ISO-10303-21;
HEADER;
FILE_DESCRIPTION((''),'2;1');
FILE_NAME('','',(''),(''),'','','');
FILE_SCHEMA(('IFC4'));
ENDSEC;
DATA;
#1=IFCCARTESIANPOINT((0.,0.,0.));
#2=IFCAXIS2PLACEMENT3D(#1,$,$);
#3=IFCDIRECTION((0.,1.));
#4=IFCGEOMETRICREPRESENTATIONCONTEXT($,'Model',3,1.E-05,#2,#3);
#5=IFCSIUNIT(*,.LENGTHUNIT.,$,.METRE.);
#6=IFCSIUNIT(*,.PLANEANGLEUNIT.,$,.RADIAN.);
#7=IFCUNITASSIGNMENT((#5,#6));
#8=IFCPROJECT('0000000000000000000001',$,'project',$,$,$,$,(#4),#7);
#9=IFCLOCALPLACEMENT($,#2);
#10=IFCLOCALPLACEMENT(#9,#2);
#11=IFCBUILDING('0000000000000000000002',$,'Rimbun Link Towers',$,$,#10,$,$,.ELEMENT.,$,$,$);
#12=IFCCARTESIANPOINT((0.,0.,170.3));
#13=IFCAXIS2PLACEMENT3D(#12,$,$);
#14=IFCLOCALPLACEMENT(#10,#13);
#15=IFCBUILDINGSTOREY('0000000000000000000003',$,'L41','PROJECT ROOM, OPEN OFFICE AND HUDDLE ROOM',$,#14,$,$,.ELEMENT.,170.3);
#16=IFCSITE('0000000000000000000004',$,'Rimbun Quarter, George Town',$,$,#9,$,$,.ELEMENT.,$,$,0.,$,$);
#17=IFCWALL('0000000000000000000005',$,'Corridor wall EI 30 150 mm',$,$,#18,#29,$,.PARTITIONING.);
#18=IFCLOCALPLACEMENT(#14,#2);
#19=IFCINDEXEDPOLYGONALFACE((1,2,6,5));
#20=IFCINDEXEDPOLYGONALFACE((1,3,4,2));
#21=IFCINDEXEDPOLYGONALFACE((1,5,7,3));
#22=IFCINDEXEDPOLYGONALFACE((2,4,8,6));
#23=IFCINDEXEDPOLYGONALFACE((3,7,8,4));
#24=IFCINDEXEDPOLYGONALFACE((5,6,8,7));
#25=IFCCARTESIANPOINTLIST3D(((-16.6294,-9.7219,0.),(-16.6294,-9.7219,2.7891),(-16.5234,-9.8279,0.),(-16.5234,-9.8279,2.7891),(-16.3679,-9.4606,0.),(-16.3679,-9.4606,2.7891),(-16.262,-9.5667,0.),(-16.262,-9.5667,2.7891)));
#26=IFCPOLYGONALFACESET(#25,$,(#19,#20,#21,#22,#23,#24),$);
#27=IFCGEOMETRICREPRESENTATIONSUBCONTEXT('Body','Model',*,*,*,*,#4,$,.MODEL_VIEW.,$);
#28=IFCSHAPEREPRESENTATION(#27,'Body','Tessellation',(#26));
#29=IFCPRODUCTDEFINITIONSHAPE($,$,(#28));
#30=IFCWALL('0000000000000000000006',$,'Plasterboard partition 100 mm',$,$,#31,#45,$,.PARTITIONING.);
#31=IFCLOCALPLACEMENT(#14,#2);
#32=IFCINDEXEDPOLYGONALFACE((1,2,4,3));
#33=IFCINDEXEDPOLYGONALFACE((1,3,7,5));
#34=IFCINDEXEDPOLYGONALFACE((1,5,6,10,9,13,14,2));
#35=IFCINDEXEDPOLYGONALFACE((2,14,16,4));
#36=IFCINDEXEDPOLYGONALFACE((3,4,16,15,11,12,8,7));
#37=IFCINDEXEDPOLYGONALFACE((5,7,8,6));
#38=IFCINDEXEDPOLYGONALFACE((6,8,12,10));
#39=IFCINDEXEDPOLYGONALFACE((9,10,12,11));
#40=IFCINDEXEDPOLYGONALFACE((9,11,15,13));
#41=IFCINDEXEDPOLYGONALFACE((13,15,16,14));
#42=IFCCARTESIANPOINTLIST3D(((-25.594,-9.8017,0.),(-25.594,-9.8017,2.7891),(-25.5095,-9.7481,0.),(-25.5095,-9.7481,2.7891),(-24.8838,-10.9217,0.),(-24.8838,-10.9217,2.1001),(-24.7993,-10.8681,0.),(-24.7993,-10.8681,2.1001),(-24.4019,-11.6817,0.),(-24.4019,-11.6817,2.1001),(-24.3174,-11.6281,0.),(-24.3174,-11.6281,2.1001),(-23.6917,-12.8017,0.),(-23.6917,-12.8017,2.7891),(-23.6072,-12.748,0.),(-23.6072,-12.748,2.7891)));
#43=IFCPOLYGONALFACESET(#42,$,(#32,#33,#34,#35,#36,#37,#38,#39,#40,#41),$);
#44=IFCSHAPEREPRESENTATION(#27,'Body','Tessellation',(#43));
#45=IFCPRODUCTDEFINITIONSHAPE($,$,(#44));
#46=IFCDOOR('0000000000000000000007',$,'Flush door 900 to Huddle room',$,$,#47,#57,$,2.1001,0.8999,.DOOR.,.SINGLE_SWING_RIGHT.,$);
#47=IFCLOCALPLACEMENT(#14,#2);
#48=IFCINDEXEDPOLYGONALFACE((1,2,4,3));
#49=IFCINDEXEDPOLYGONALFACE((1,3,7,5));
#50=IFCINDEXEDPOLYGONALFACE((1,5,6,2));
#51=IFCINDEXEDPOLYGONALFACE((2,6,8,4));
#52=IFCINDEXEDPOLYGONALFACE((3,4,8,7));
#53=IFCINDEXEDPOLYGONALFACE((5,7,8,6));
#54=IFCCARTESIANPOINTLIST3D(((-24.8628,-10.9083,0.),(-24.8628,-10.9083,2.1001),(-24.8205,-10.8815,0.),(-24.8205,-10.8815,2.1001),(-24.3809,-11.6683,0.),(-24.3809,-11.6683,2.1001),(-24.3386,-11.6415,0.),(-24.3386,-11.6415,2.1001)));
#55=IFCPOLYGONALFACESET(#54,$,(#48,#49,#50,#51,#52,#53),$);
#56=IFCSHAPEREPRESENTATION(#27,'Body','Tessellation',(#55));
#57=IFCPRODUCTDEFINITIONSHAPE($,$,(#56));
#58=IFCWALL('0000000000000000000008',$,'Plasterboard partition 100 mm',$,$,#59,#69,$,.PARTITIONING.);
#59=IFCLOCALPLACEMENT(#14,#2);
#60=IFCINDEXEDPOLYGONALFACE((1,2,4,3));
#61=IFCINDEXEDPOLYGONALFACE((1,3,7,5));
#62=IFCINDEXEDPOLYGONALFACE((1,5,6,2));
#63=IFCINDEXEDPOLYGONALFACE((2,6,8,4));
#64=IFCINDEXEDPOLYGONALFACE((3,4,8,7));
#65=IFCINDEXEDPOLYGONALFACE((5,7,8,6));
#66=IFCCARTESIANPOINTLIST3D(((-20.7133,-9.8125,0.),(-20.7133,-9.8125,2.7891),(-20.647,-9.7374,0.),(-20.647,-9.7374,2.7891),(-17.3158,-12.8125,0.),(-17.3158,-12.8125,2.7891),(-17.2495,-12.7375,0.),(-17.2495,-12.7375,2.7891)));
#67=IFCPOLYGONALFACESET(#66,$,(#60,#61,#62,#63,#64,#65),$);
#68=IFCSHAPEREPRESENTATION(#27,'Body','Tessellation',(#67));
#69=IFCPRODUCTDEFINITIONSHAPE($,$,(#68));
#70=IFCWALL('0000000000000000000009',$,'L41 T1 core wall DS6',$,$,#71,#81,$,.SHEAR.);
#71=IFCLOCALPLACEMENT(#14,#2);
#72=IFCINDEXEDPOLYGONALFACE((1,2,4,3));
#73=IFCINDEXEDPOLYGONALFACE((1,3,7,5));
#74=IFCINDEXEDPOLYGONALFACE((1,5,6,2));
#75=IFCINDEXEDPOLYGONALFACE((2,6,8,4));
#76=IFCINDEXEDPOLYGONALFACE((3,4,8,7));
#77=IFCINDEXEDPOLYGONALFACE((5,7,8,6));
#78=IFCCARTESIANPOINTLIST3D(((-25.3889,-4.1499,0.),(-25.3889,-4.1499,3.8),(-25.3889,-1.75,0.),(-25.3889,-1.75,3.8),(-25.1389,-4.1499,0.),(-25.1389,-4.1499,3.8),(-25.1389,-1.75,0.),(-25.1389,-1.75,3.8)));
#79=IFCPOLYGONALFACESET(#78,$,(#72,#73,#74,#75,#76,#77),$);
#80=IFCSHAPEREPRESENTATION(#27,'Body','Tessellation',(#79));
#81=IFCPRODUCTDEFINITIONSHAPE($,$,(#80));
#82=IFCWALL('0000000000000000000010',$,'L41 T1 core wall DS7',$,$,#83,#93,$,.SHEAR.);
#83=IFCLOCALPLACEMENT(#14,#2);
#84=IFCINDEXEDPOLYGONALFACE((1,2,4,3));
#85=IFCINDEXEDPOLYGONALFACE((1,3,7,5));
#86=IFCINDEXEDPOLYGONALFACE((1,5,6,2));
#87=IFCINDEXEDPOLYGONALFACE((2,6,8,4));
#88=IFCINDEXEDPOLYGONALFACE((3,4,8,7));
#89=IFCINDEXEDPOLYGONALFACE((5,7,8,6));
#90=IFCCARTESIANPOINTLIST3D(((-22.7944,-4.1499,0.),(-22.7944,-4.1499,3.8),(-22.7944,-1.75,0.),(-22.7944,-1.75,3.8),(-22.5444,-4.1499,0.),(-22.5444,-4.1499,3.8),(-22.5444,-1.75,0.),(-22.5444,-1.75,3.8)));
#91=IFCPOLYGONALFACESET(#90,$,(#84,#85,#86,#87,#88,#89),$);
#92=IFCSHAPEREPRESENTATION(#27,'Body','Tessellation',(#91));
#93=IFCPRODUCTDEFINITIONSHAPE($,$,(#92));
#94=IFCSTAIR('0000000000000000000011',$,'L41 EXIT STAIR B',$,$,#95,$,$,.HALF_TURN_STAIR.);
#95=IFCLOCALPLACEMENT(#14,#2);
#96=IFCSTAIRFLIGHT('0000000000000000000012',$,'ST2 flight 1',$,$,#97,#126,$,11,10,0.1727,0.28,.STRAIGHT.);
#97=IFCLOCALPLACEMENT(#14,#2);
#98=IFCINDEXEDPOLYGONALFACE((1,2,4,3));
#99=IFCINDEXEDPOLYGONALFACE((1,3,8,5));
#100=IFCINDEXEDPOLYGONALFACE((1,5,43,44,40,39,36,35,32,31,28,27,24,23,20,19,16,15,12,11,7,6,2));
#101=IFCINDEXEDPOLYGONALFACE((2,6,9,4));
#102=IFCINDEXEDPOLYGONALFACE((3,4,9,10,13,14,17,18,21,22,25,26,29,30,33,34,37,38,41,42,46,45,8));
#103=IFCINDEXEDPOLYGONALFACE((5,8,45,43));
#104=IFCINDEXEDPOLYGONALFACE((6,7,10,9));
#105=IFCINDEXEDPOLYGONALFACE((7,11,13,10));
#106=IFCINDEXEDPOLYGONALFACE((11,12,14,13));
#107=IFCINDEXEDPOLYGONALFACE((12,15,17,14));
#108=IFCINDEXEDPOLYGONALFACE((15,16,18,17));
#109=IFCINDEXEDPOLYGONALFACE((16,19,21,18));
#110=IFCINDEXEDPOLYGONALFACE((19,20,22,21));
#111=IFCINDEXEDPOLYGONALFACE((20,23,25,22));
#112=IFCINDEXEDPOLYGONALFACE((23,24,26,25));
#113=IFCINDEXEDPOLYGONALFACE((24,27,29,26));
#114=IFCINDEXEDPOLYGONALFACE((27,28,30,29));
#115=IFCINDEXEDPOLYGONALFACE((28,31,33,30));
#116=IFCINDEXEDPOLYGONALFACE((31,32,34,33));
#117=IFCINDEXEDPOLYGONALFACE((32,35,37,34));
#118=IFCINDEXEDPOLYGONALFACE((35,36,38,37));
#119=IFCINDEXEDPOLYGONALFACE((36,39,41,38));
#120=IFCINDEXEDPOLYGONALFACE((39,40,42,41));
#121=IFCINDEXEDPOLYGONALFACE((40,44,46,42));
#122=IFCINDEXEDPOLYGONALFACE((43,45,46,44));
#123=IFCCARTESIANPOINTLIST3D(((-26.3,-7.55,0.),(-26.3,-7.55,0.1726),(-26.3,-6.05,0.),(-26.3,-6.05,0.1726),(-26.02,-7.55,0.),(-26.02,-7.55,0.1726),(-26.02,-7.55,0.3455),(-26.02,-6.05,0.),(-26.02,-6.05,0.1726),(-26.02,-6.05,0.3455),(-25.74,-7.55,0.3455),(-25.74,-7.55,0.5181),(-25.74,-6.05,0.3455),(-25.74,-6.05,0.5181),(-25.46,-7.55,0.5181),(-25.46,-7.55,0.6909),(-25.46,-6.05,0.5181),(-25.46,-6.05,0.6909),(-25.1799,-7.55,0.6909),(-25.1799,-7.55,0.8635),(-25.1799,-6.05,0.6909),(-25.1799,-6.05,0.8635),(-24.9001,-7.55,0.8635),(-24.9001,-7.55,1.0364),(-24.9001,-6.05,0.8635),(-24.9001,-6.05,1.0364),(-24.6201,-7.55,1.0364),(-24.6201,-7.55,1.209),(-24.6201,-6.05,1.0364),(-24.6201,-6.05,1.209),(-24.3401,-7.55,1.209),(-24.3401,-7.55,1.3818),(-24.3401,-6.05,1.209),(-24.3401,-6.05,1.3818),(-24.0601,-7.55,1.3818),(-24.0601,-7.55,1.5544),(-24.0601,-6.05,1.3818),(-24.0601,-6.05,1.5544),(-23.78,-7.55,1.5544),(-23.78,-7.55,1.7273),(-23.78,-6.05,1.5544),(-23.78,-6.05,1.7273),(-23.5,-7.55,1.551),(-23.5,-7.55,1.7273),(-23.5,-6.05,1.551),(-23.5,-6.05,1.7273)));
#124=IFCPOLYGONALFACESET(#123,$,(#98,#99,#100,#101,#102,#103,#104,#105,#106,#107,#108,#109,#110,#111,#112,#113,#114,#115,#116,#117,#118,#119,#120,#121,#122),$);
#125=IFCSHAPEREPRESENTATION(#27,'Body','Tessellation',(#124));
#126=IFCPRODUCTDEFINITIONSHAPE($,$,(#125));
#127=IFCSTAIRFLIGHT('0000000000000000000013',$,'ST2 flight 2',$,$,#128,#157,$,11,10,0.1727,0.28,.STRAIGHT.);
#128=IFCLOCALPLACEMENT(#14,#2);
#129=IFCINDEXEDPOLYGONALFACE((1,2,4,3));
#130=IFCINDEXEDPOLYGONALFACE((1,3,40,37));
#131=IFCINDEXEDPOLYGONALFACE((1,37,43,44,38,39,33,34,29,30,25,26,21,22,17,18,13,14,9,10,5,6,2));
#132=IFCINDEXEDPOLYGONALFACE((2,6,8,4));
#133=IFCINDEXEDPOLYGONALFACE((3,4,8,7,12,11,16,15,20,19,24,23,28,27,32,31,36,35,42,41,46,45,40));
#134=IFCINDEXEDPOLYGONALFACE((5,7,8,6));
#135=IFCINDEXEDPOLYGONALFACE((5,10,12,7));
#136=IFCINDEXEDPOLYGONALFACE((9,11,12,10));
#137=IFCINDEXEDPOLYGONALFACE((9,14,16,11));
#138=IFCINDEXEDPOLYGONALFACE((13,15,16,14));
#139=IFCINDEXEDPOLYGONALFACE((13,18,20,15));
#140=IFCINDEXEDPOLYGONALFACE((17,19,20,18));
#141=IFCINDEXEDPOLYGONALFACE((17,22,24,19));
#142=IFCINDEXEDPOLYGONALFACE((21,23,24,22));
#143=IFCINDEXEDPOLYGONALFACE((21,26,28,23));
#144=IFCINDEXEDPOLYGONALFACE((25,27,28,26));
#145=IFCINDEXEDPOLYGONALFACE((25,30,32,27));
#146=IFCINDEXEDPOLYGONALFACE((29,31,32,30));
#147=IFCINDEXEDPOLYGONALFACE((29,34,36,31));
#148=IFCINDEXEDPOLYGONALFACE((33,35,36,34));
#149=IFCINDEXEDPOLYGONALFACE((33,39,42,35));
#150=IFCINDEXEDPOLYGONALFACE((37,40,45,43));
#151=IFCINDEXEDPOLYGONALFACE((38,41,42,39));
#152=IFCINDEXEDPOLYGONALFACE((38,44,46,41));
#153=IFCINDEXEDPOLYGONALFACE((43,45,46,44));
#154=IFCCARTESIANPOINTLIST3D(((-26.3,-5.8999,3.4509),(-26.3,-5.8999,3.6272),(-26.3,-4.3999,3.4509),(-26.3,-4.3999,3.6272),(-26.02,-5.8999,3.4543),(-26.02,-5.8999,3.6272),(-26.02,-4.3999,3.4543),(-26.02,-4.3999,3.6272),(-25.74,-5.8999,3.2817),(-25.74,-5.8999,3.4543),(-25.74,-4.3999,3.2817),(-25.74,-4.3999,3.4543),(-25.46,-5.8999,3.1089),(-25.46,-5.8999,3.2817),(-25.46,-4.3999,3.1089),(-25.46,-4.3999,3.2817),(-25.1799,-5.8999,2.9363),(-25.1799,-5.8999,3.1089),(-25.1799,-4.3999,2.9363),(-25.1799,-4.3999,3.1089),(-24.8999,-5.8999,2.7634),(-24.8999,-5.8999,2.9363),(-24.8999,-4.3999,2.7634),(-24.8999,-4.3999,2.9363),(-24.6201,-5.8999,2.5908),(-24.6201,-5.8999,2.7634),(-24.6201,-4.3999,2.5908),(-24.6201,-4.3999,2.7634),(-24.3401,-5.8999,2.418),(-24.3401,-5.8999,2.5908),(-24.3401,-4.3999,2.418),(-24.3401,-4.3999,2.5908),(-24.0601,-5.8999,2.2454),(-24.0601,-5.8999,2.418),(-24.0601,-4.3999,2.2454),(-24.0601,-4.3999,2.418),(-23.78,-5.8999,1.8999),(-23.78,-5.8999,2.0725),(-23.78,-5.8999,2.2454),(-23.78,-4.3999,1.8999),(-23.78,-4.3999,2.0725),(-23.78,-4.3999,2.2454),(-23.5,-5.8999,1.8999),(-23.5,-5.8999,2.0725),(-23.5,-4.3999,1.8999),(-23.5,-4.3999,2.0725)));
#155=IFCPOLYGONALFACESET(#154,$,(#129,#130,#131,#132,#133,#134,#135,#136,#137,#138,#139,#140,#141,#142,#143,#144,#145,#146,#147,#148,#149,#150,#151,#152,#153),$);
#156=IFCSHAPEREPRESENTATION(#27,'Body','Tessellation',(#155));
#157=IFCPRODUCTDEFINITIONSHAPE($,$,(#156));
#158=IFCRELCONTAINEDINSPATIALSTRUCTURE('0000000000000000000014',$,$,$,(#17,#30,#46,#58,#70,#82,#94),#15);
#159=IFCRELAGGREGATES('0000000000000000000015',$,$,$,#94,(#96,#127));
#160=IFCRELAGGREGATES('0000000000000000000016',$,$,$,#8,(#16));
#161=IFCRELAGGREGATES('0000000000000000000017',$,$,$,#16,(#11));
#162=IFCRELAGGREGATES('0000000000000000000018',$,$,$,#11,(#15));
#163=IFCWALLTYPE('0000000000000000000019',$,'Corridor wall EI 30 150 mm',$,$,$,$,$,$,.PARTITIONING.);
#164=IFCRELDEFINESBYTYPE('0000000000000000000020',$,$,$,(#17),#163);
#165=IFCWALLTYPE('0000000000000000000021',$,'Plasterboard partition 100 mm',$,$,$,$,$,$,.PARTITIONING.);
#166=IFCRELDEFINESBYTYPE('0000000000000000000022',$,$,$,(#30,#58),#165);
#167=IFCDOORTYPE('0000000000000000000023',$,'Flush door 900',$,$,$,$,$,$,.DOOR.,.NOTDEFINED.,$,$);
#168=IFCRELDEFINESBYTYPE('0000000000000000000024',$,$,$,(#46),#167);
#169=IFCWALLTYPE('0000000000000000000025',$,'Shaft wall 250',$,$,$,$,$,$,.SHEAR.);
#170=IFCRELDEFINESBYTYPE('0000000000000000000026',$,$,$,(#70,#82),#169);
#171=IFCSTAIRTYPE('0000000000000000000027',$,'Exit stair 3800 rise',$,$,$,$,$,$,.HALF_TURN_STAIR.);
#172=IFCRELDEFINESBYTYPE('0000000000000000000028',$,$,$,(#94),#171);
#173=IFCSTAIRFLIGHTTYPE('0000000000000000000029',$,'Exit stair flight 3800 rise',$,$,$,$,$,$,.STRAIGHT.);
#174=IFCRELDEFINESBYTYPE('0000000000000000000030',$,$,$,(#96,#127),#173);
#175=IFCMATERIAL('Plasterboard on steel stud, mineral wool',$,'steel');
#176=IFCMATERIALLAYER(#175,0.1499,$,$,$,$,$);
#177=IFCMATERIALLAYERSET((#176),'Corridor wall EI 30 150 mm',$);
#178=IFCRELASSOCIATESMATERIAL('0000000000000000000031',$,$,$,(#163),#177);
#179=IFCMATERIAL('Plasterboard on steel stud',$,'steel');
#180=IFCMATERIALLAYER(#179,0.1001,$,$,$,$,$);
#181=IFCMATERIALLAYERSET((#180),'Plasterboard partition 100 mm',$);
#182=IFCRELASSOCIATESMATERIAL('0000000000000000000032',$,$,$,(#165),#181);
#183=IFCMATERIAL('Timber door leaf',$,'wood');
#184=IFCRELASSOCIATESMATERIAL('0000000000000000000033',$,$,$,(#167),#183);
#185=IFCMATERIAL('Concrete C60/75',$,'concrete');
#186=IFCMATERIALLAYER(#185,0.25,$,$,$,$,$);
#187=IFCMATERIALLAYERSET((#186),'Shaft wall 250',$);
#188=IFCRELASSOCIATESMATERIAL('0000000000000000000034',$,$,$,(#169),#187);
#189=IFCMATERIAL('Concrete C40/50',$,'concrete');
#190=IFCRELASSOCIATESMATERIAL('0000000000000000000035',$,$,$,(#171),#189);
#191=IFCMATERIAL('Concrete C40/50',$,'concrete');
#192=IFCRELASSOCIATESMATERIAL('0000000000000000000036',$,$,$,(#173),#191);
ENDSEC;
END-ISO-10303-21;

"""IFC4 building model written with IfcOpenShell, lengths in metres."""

from ifc_helpers import new_model, si_unit, direction, frame, frame_2d, origin, place, context, subcontext, project, spatial, polyline, rectangle, outline, extrude, material, layer, layer_set, type_object, element, fill, aggregate, save


model = new_model("IFC4")

# Units and contexts
model_context = context("Model", 3, precision=1e-05, world=origin(), true_north=direction((0.0, 1.0)))
body_context = subcontext(model_context, "Body", "Model", "MODEL_VIEW")
ifc_project = project(units=[si_unit("LENGTHUNIT", "METRE"), si_unit("PLANEANGLEUNIT", "RADIAN")], contexts=[model_context])

# Site, building, storey
site_placement = place(None, origin())
site = spatial("IfcSite", under=ifc_project, at=site_placement, Name="Rimbun Quarter, George Town", CompositionType="ELEMENT", RefElevation=0.0)
building_placement = place(site_placement, origin())
building = spatial("IfcBuilding", under=site, at=building_placement, Name="Rimbun Link Towers", CompositionType="ELEMENT")
storey_placement = place(building_placement, frame((0.0, 0.0, 170.3)))
storey = spatial("IfcBuildingStorey", under=building, at=storey_placement, Name="L41", Description="PROJECT ROOM, OPEN OFFICE AND HUDDLE ROOM", CompositionType="ELEMENT", Elevation=170.3)

# Wall
ifc_material_1 = material(Name="Plasterboard on steel stud, mineral wool", Category="steel")
ifc_layer_1 = layer(ifc_material_1, 0.1499)
ifc_layer_set_1 = layer_set([ifc_layer_1], Name="Corridor wall EI 30 150 mm")
wall_type_1 = type_object("IfcWallType", Name="Corridor wall EI 30 150 mm", PredefinedType="PARTITIONING", material=ifc_layer_set_1)
wall_1_placement = place(storey_placement, frame((-16.5764, -9.7749, 0.0), z_axis=(0.0, 0.0, 1.0), x_axis=(0.707437, 0.706776, 0.0)))
element("IfcWall", 1, at=wall_1_placement, inside=storey, type_object=wall_type_1, Name="Corridor wall EI 30 150 mm", PredefinedType="PARTITIONING", context=body_context, shape_type="SweptSolid", body=[
    extrude(rectangle(XDim=0.3696, YDim=0.1499, at=frame_2d((0.1848, 0.0))), origin(), (0.0, 0.0, 1.0), 2.7891),
])

# Wall, opening, door
ifc_material_2 = material(Name="Plasterboard on steel stud", Category="steel")
ifc_layer_2 = layer(ifc_material_2, 0.1001)
ifc_layer_set_2 = layer_set([ifc_layer_2], Name="Plasterboard partition 100 mm")
wall_type_2 = type_object("IfcWallType", Name="Plasterboard partition 100 mm", PredefinedType="PARTITIONING", material=ifc_layer_set_2)
wall_2_placement = place(storey_placement, frame((-25.5518, -9.7749, 0.0), z_axis=(0.0, 0.0, 1.0), x_axis=(0.535523, -0.844521, 0.0)))
wall_2 = element("IfcWall", 2, at=wall_2_placement, inside=storey, type_object=wall_type_2, Name="Plasterboard partition 100 mm", PredefinedType="PARTITIONING", context=body_context, shape_type="SweptSolid", body=[
    extrude(rectangle(XDim=3.5522, YDim=0.1001, at=frame_2d((1.7761, 0.0))), origin(), (0.0, 0.0, 1.0), 2.7891),
])
opening_1_placement = place(wall_2_placement, frame((1.3262, 0.0, 0.0)))
opening_1 = element("IfcOpeningElement", 3, at=opening_1_placement, cuts=wall_2, PredefinedType="OPENING", context=body_context, shape_type="SweptSolid", body=[
    extrude(rectangle(XDim=0.8999, YDim=2.1001, at=frame_2d((0.45, 1.05))), frame((0.0, 0.0601, 0.0), z_axis=(0.0, -1.0, 0.0), x_axis=(1.0, 0.0, 0.0)), (0.0, 0.0, 1.0), 0.1201),
])
ifc_material_3 = material(Name="Timber door leaf", Category="wood")
door_type_1 = type_object("IfcDoorType", Name="Flush door 900", OperationType="NOTDEFINED", PredefinedType="DOOR", material=ifc_material_3)
door_1_placement = place(opening_1_placement, origin())
door_1 = element("IfcDoor", 4, at=door_1_placement, inside=storey, type_object=door_type_1, Name="Flush door 900 to Huddle room", OperationType="SINGLE_SWING_RIGHT", OverallHeight=2.1001, OverallWidth=0.8999, PredefinedType="DOOR", context=body_context, shape_type="SweptSolid", body=[
    extrude(rectangle(XDim=0.8999, YDim=2.1001, at=frame_2d((0.45, 1.05))), frame((0.0, 0.0249, 0.0), z_axis=(0.0, -1.0, 0.0), x_axis=(1.0, 0.0, 0.0)), (0.0, 0.0, 1.0), 0.05),
])
fill(opening_1, door_1)

# Walls
wall_3_placement = place(storey_placement, frame((-17.2827, -12.7749, 0.0), z_axis=(0.0, 0.0, 1.0), x_axis=(-0.749593, 0.6619, 0.0)))
element("IfcWall", 5, at=wall_3_placement, inside=storey, type_object=wall_type_2, Name="Plasterboard partition 100 mm", PredefinedType="PARTITIONING", context=body_context, shape_type="SweptSolid", body=[
    extrude(rectangle(XDim=4.5325, YDim=0.1001, at=frame_2d((2.2661, 0.0))), origin(), (0.0, 0.0, 1.0), 2.7891),
])
ifc_material_4 = material(Name="Concrete C60/75", Category="concrete")
ifc_layer_3 = layer(ifc_material_4, 0.25)
ifc_layer_set_3 = layer_set([ifc_layer_3], Name="Shaft wall 250")
wall_type_3 = type_object("IfcWallType", Name="Shaft wall 250", PredefinedType="SHEAR", material=ifc_layer_set_3)
for number, where, z_axis, x_axis, name in (
    (6, (-25.2639, -4.1499, 0.0), (0.0, 0.0, 1.0), (0.0, 1.0, 0.0), "L41 T1 core wall DS6"),
    (7, (-22.6694, -4.1499, 0.0), (0.0, 0.0, 1.0), (0.0, 1.0, 0.0), "L41 T1 core wall DS7"),
):
    element("IfcWall", number, at=place(storey_placement, frame(where, z_axis=z_axis, x_axis=x_axis)), inside=storey, type_object=wall_type_3, Name=name, PredefinedType="SHEAR", context=body_context, shape_type="SweptSolid", body=[
        extrude(rectangle(XDim=2.3999, YDim=0.25, at=frame_2d((1.2, 0.0))), origin(), (0.0, 0.0, 1.0), 3.8),
    ])

# Stair, stair flights
ifc_material_5 = material(Name="Concrete C40/50", Category="concrete")
stair_type = type_object("IfcStairType", Name="Exit stair 3800 rise", PredefinedType="HALF_TURN_STAIR", material=ifc_material_5)
stair_placement = place(storey_placement, origin())
stair = element("IfcStair", 8, at=stair_placement, inside=storey, type_object=stair_type, Name="L41 EXIT STAIR B", PredefinedType="HALF_TURN_STAIR")
ifc_material_6 = material(Name="Concrete C40/50", Category="concrete")
stair_flight_type = type_object("IfcStairFlightType", Name="Exit stair flight 3800 rise", PredefinedType="STRAIGHT", material=ifc_material_6)
stair_flight_1_placement = place(storey_placement, frame((-26.3, -6.8, 0.0), z_axis=(0.0, 0.0, 1.0), x_axis=(1.0, 0.0, 0.0)))
stair_flight_1 = element("IfcStairFlight", 9, at=stair_flight_1_placement, type_object=stair_flight_type, Name="ST2 flight 1", NumberOfRisers=11, NumberOfTreads=10, PredefinedType="STRAIGHT", RiserHeight=0.1727, TreadLength=0.28, context=body_context, shape_type="SweptSolid", body=[
    extrude(outline(polyline([(0.0, 0.0), (0.0, 0.1726), (0.28, 0.1726), (0.28, 0.3455), (0.5601, 0.3455), (0.5601, 0.5181), (0.8401, 0.5181), (0.8401, 0.6909), (1.1201, 0.6909), (1.1201, 0.8635), (1.3999, 0.8635), (1.3999, 1.0364), (1.6799, 1.0364), (1.6799, 1.209), (1.96, 1.209), (1.96, 1.3818), (2.24, 1.3818), (2.24, 1.5544), (2.52, 1.5544), (2.52, 1.7273), (2.8, 1.7273), (2.8, 1.8999), (2.8, 1.551), (0.28, 0.0), (0.0, 0.0)])), frame((0.0, 0.75, 0.0), z_axis=(0.0, -1.0, 0.0), x_axis=(1.0, 0.0, 0.0)), (0.0, 0.0, 1.0), 1.5),
])
stair_flight_2_placement = place(storey_placement, frame((-23.5, -5.1499, 1.8999), z_axis=(0.0, 0.0, 1.0), x_axis=(-1.0, 0.0, 0.0)))
stair_flight_2 = element("IfcStairFlight", 10, at=stair_flight_2_placement, type_object=stair_flight_type, Name="ST2 flight 2", NumberOfRisers=11, NumberOfTreads=10, PredefinedType="STRAIGHT", RiserHeight=0.1727, TreadLength=0.28, context=body_context, shape_type="SweptSolid", body=[
    extrude(outline(polyline([(0.0, 0.0), (0.0, 0.1726), (0.28, 0.1726), (0.28, 0.3455), (0.5601, 0.3455), (0.5601, 0.5181), (0.8401, 0.5181), (0.8401, 0.6909), (1.1201, 0.6909), (1.1201, 0.8635), (1.3999, 0.8635), (1.3999, 1.0364), (1.6799, 1.0364), (1.6799, 1.209), (1.96, 1.209), (1.96, 1.3818), (2.24, 1.3818), (2.24, 1.5544), (2.52, 1.5544), (2.52, 1.7273), (2.8, 1.7273), (2.8, 1.8999), (2.8, 1.551), (0.28, 0.0), (0.0, 0.0)])), frame((0.0, 0.75, 0.0), z_axis=(0.0, -1.0, 0.0), x_axis=(1.0, 0.0, 0.0)), (0.0, 0.0, 1.0), 1.5),
])
aggregate(stair, [stair_flight_1, stair_flight_2])

save(model, "model.ifc")
